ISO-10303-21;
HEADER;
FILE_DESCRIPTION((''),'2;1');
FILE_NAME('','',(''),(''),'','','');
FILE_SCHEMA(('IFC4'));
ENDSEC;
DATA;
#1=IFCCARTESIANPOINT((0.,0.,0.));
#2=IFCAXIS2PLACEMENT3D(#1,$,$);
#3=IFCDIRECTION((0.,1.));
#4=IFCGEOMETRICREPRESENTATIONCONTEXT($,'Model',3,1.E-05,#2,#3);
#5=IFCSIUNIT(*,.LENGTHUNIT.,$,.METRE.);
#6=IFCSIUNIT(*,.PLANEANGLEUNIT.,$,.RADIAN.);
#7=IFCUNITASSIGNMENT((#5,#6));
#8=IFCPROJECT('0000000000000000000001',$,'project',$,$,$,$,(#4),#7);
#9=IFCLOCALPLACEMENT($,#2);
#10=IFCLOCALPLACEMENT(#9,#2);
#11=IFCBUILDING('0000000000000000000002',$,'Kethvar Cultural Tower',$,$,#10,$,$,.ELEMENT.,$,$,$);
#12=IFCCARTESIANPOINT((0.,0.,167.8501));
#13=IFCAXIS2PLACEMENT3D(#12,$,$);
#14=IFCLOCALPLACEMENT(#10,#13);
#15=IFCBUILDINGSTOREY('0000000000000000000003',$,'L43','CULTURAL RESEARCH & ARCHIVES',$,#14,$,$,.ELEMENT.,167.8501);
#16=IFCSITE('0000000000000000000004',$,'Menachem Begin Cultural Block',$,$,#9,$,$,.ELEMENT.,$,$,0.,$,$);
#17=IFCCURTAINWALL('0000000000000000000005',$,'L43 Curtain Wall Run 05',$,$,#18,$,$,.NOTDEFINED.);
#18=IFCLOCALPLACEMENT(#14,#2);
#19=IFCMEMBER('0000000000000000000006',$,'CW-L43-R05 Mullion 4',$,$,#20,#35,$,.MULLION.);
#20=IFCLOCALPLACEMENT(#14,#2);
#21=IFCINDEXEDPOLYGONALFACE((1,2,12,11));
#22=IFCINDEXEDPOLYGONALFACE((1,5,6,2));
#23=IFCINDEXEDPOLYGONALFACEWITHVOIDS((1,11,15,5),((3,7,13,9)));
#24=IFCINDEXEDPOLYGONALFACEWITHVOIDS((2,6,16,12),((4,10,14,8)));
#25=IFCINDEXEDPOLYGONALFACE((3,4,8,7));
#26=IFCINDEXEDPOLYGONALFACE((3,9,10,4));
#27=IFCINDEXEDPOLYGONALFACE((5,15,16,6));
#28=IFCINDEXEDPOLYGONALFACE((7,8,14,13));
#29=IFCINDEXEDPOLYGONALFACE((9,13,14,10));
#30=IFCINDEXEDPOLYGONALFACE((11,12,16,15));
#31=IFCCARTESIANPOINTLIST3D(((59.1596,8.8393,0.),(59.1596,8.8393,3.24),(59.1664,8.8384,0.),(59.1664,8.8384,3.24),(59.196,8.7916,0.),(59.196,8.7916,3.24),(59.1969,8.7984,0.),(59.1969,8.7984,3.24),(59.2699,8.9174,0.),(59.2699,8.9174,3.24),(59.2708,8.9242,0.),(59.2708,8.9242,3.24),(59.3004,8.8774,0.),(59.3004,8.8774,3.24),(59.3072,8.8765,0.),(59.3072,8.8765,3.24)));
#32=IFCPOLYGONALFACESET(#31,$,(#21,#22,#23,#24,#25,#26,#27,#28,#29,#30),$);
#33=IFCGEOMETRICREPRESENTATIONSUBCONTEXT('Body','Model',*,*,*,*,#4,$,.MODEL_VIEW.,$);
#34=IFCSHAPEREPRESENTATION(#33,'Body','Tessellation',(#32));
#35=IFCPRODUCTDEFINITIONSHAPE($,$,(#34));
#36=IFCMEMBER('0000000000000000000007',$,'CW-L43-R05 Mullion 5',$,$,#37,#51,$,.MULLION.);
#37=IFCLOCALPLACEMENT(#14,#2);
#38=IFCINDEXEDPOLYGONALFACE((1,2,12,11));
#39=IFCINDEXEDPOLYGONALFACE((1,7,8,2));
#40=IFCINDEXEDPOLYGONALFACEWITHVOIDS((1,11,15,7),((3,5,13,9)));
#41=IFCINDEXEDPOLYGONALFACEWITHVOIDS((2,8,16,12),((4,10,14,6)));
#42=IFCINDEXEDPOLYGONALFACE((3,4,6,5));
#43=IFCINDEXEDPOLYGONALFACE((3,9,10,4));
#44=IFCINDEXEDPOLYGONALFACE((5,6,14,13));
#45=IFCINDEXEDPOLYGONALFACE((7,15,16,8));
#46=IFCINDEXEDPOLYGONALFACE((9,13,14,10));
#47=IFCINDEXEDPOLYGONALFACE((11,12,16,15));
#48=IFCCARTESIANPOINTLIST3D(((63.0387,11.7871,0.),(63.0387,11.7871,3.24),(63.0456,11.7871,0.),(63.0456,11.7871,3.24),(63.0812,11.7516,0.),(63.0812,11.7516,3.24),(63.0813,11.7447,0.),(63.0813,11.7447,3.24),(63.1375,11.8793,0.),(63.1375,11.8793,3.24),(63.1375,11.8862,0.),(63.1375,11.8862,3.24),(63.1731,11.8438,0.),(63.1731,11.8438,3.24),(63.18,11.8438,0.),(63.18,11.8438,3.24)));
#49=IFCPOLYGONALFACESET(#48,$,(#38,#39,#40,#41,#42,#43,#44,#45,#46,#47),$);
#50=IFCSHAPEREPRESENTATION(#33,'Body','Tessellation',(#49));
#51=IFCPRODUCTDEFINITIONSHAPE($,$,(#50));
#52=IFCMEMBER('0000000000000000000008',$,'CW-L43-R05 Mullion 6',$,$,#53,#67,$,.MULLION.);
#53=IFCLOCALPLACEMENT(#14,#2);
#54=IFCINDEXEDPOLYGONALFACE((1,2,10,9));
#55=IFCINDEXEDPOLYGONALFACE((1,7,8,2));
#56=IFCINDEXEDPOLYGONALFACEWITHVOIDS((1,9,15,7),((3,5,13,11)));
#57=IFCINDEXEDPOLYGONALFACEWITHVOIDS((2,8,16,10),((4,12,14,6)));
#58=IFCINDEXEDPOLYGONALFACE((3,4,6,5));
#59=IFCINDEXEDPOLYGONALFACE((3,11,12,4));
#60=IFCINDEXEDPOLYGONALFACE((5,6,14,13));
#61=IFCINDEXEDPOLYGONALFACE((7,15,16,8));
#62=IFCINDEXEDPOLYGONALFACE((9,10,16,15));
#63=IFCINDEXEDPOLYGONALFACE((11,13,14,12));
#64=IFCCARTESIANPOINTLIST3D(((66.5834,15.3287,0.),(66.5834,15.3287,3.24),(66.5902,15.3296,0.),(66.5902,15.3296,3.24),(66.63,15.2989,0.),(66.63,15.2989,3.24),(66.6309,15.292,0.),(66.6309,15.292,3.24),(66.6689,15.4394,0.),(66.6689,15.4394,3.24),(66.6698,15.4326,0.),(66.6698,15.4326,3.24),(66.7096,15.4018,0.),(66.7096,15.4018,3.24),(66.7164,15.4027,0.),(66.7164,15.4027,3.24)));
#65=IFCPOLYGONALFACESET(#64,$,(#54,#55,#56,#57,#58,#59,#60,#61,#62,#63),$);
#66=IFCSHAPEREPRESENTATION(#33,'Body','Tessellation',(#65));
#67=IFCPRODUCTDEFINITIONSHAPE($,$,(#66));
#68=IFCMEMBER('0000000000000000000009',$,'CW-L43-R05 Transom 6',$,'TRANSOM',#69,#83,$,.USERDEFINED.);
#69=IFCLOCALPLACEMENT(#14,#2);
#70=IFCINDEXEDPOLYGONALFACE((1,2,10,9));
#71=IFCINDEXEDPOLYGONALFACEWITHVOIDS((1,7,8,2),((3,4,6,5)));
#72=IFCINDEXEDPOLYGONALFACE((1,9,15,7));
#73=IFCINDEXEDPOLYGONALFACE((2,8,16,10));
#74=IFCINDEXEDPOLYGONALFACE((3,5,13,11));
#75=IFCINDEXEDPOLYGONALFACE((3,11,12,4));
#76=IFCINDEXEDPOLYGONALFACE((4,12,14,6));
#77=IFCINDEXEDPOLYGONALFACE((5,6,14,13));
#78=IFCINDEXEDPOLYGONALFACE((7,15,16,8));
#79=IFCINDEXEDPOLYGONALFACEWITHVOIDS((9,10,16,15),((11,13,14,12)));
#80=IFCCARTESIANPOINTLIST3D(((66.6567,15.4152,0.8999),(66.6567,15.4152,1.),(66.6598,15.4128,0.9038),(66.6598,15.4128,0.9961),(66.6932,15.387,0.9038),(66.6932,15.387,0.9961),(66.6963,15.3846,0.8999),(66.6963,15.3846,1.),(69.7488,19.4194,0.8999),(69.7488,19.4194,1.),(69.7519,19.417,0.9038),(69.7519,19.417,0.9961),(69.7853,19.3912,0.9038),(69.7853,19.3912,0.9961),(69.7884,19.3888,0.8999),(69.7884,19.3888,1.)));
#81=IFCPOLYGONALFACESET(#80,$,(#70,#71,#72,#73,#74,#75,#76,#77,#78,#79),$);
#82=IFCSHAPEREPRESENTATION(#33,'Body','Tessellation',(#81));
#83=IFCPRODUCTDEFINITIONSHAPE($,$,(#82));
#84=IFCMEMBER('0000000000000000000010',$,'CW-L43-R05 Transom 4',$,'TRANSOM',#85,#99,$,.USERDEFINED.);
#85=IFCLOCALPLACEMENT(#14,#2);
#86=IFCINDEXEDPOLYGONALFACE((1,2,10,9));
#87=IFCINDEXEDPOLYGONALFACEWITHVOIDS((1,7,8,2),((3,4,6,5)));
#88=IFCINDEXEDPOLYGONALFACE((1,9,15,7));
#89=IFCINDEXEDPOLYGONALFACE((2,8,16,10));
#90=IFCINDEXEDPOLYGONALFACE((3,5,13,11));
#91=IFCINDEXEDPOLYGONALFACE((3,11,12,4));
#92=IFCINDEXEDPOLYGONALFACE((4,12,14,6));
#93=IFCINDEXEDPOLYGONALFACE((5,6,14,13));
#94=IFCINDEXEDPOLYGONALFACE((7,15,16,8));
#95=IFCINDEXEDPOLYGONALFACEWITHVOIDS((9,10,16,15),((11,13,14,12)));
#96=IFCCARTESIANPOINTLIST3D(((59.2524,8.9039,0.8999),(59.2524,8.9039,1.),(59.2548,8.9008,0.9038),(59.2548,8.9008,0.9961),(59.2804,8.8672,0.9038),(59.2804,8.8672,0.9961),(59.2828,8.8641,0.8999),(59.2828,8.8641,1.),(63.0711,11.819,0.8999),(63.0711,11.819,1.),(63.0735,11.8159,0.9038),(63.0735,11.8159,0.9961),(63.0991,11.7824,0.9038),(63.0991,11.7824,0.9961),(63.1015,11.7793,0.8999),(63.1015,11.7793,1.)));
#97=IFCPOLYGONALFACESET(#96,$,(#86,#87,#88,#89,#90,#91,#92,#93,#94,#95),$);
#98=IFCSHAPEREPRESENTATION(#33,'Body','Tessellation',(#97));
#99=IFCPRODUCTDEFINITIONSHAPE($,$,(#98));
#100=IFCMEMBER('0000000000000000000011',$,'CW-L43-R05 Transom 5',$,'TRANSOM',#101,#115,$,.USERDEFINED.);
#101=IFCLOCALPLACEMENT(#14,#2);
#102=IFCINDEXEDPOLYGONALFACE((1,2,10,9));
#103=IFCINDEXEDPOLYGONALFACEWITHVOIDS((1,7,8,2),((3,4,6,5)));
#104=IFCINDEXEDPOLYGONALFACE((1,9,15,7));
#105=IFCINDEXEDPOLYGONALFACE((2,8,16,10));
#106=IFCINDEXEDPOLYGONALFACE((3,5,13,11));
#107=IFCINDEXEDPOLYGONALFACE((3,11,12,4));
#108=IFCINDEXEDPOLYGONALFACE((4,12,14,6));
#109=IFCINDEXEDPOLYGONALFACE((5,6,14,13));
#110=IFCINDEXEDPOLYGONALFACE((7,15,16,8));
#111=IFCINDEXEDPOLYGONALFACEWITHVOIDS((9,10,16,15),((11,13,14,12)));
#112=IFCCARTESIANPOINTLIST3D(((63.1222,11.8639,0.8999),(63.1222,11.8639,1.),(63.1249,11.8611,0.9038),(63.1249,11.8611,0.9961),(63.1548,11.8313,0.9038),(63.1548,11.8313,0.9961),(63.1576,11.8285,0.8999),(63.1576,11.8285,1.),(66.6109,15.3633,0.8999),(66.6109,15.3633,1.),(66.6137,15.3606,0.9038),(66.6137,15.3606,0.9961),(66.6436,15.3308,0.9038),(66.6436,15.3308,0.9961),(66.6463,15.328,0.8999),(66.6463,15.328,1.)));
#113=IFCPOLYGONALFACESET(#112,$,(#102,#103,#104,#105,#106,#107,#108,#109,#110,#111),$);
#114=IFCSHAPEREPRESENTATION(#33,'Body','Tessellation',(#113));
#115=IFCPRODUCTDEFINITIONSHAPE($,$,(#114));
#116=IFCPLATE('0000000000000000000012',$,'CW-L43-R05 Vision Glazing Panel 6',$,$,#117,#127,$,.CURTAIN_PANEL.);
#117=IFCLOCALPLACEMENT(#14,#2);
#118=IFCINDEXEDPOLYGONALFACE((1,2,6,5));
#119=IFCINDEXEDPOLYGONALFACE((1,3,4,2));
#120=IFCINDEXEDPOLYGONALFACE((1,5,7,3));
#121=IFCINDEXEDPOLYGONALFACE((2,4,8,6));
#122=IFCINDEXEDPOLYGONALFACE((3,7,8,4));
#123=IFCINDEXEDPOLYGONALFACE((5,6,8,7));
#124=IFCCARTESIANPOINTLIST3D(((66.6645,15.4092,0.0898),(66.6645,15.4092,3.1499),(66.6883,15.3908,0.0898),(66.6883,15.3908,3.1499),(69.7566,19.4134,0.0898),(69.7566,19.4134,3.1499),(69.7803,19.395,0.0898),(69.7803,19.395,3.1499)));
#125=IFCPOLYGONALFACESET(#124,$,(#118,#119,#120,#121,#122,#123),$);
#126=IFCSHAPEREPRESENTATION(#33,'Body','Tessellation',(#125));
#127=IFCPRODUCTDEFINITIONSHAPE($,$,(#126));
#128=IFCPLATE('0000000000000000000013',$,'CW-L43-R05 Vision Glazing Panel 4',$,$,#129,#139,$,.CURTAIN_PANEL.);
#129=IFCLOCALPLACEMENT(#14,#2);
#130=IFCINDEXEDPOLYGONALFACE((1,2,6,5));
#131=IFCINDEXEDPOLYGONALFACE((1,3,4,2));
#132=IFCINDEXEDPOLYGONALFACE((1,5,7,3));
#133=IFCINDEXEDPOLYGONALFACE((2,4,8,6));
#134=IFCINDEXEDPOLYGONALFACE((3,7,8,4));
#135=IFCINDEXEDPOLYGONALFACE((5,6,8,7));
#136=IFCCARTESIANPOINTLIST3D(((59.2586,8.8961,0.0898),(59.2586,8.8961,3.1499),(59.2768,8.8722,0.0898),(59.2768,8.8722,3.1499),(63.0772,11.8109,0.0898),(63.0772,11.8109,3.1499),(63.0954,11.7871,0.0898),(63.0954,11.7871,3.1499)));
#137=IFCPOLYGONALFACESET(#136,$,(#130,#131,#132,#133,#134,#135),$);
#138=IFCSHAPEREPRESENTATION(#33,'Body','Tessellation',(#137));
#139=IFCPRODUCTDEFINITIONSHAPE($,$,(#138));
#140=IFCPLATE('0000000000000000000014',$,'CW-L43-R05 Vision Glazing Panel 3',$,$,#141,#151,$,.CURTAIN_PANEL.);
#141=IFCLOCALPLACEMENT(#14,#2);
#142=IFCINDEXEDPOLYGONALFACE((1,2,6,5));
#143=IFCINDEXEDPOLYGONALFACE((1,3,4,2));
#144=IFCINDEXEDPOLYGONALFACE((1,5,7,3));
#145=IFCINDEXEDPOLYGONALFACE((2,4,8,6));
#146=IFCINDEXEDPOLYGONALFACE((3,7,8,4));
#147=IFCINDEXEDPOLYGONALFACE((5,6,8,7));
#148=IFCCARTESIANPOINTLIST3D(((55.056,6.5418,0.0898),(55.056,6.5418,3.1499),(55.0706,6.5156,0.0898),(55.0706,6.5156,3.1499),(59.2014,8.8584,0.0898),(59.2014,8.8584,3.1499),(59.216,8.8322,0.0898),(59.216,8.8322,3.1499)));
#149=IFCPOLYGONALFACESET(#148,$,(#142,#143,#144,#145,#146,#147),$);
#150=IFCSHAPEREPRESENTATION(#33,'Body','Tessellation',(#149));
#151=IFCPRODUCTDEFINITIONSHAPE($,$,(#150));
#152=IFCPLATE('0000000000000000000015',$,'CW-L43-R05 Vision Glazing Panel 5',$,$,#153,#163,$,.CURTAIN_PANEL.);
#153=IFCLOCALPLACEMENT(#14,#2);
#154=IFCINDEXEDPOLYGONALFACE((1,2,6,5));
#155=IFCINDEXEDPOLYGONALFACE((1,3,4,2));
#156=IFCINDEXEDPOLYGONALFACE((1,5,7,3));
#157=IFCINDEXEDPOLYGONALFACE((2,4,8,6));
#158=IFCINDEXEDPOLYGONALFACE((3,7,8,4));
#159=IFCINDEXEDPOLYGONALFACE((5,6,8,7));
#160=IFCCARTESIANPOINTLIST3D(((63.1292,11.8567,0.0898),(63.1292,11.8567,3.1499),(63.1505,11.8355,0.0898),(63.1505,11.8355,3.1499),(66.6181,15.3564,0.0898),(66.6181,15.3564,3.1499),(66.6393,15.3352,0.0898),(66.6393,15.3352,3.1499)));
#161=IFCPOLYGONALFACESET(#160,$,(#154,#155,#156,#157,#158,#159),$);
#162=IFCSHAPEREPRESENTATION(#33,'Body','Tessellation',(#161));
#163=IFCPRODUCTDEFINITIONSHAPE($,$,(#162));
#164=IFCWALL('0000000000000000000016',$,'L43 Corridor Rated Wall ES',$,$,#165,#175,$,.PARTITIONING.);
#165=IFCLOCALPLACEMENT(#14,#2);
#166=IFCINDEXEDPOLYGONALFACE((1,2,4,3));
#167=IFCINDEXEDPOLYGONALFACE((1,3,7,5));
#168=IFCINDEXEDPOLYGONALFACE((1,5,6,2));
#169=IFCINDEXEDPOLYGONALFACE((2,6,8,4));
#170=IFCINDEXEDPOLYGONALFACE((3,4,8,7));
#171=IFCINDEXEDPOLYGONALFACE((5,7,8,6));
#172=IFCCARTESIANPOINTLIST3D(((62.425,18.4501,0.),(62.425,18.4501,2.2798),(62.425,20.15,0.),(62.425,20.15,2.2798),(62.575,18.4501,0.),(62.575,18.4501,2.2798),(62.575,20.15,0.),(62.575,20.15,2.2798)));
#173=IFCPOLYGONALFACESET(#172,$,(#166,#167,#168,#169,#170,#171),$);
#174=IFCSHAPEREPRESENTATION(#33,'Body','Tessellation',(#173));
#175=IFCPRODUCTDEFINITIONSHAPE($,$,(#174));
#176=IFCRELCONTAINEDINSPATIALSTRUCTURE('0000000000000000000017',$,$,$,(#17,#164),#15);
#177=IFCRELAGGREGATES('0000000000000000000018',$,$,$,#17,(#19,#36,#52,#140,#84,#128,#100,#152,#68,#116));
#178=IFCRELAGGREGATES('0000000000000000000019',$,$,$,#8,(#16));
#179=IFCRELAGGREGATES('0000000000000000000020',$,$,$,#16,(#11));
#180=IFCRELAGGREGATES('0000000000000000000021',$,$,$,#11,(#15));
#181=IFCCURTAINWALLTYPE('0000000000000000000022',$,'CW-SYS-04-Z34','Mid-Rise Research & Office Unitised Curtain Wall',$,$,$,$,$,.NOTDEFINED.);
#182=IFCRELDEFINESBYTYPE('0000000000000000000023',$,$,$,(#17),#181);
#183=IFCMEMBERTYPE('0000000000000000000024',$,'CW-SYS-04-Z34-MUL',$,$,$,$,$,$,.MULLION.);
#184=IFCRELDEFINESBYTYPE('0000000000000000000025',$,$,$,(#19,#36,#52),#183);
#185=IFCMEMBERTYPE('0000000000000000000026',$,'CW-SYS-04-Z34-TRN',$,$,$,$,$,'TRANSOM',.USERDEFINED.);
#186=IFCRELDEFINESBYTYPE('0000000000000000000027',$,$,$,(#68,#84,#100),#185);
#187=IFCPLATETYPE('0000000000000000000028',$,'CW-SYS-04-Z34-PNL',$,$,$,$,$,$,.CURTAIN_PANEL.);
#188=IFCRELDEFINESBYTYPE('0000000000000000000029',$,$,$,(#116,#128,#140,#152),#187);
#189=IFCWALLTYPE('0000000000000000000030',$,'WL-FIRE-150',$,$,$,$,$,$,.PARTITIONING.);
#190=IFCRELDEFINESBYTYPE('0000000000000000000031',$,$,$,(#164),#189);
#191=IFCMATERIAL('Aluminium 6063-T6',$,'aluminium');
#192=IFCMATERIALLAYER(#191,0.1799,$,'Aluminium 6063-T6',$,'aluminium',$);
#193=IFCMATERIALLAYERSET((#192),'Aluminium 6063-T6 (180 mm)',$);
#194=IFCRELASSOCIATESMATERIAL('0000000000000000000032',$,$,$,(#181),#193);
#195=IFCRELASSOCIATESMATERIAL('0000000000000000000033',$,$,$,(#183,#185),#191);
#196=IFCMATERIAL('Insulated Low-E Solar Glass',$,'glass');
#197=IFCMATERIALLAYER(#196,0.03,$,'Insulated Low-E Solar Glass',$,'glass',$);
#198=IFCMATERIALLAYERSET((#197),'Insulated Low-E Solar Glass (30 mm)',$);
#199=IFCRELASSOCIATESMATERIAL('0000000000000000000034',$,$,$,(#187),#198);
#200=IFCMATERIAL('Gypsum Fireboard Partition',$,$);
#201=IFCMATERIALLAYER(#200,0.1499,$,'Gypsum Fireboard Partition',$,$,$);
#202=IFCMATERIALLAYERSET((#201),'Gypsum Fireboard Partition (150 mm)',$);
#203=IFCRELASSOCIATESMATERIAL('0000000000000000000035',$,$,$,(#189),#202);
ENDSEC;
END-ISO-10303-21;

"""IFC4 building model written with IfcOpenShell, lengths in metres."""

from ifc_helpers import new_model, si_unit, direction, frame, frame_2d, origin, origin_2d, place, context, subcontext, project, spatial, rectangle, hollow_rectangle, extrude, source, transform, mapped, material, layer, layer_set, material_profile, profile_set, type_object, element, aggregate, save


model = new_model("IFC4")

# Units and contexts
model_context = context("Model", 3, precision=1e-05, world=origin(), true_north=direction((0.0, 1.0)))
body_context = subcontext(model_context, "Body", "Model", "MODEL_VIEW")
ifc_project = project(units=[si_unit("LENGTHUNIT", "METRE"), si_unit("PLANEANGLEUNIT", "RADIAN")], contexts=[model_context])

# Site, building, storey
site_placement = place(None, origin())
site = spatial("IfcSite", under=ifc_project, at=site_placement, Name="Menachem Begin Cultural Block", CompositionType="ELEMENT", RefElevation=0.0)
building_placement = place(site_placement, origin())
building = spatial("IfcBuilding", under=site, at=building_placement, Name="Kethvar Cultural Tower", CompositionType="ELEMENT")
storey_placement = place(building_placement, frame((0.0, 0.0, 167.8501)))
storey = spatial("IfcBuildingStorey", under=building, at=storey_placement, Name="L43", Description="CULTURAL RESEARCH & ARCHIVES", CompositionType="ELEMENT", Elevation=167.8501)

# Curtain wall, members, plates
ifc_material_1 = material(Name="Aluminium 6063-T6", Category="aluminium")
ifc_layer_1 = layer(ifc_material_1, 0.1799, Name="Aluminium 6063-T6", Category="aluminium")
ifc_layer_set_1 = layer_set([ifc_layer_1], Name="Aluminium 6063-T6 (180 mm)")
curtain_wall_type = type_object("IfcCurtainWallType", Name="CW-SYS-04-Z34", Description="Mid-Rise Research & Office Unitised Curtain Wall", PredefinedType="NOTDEFINED", material=ifc_layer_set_1)
curtain_wall_placement = place(storey_placement, origin())
curtain_wall = element("IfcCurtainWall", 1, at=curtain_wall_placement, inside=storey, type_object=curtain_wall_type, Name="L43 Curtain Wall Run 05", PredefinedType="NOTDEFINED")
ifc_material_profile_1 = material_profile(ifc_material_1, hollow_rectangle(XDim=0.0601, YDim=0.1399, WallThickness=0.0049, at=origin_2d()), Name="Aluminium 6063-T6 — RHS140x60x5")
ifc_profile_set_1 = profile_set([ifc_material_profile_1], Name="Aluminium 6063-T6 — RHS140x60x5")
member_type_1 = type_object("IfcMemberType", Name="CW-SYS-04-Z34-MUL", PredefinedType="MULLION", material=ifc_profile_set_1)
shared_shape_1 = source(origin(), body_context, "Body", "SweptSolid", [
    extrude(hollow_rectangle(XDim=0.0601, YDim=0.1399, WallThickness=0.0049, at=origin_2d()), origin(), (0.0, 0.0, 1.0), 3.24),
])
member_1_placement = place(storey_placement, frame((59.2334, 8.8579, 0.0), z_axis=(0.0, 0.0, 1.0), x_axis=(-0.606766, 0.794881, 0.0)))
member_1 = element("IfcMember", 2, at=member_1_placement, type_object=member_type_1, Name="CW-L43-R05 Mullion 4", PredefinedType="MULLION", context=body_context, shape_type="MappedRepresentation", body=[
    mapped(shared_shape_1, transform((0.0, 0.0, 0.0), scale=1.0)),
])
member_2_placement = place(storey_placement, frame((63.1094, 11.8154, 0.0), z_axis=(0.0, 0.0, 1.0), x_axis=(-0.708204, 0.706008, 0.0)))
member_2 = element("IfcMember", 3, at=member_2_placement, type_object=member_type_1, Name="CW-L43-R05 Mullion 5", PredefinedType="MULLION", context=body_context, shape_type="MappedRepresentation", body=[
    mapped(shared_shape_1, transform((0.0, 0.0, 0.0), scale=1.0)),
])
member_3_placement = place(storey_placement, frame((66.6499, 15.3657, 0.0), z_axis=(0.0, 0.0, 1.0), x_axis=(-0.79148, 0.611196, 0.0)))
member_3 = element("IfcMember", 4, at=member_3_placement, type_object=member_type_1, Name="CW-L43-R05 Mullion 6", PredefinedType="MULLION", context=body_context, shape_type="MappedRepresentation", body=[
    mapped(shared_shape_1, transform((0.0, 0.0, 0.0), scale=1.0)),
])
ifc_material_profile_2 = material_profile(ifc_material_1, hollow_rectangle(XDim=0.05, YDim=0.1001, WallThickness=0.0039, at=origin_2d()), Name="Aluminium 6063-T6 — RHS100x50x4")
ifc_profile_set_2 = profile_set([ifc_material_profile_2], Name="Aluminium 6063-T6 — RHS100x50x4")
member_type_2 = type_object("IfcMemberType", Name="CW-SYS-04-Z34-TRN", ElementType="TRANSOM", PredefinedType="USERDEFINED", material=ifc_profile_set_2)
shared_shape_2 = source(origin(), body_context, "Body", "SweptSolid", [
    extrude(hollow_rectangle(XDim=0.05, YDim=0.1001, WallThickness=0.0039, at=origin_2d()), origin(), (0.0, 0.0, 1.0), 5.0591),
])
member_4_placement = place(storey_placement, frame((66.6765, 15.3999, 0.95), z_axis=(0.611191, 0.791483, 0.0), x_axis=(-0.791483, 0.611191, 0.0)))
member_4 = element("IfcMember", 5, at=member_4_placement, type_object=member_type_2, Name="CW-L43-R05 Transom 6", ObjectType="TRANSOM", PredefinedType="USERDEFINED", context=body_context, shape_type="MappedRepresentation", body=[
    mapped(shared_shape_2, transform((0.0, 0.0, 0.0), scale=1.0)),
])
shared_shape_3 = source(origin(), body_context, "Body", "SweptSolid", [
    extrude(hollow_rectangle(XDim=0.05, YDim=0.1001, WallThickness=0.0039, at=origin_2d()), origin(), (0.0, 0.0, 1.0), 4.8042),
])
member_5_placement = place(storey_placement, frame((59.2676, 8.884, 0.95), z_axis=(0.794867, 0.606784, 0.0), x_axis=(-0.606784, 0.794867, 0.0)))
member_5 = element("IfcMember", 6, at=member_5_placement, type_object=member_type_2, Name="CW-L43-R05 Transom 4", ObjectType="TRANSOM", PredefinedType="USERDEFINED", context=body_context, shape_type="MappedRepresentation", body=[
    mapped(shared_shape_3, transform((0.0, 0.0, 0.0), scale=1.0)),
])
shared_shape_4 = source(origin(), body_context, "Body", "SweptSolid", [
    extrude(hollow_rectangle(XDim=0.05, YDim=0.1001, WallThickness=0.0039, at=origin_2d()), origin(), (0.0, 0.0, 1.0), 4.9414),
])
member_6_placement = place(storey_placement, frame((63.1399, 11.8462, 0.95), z_axis=(0.706019, 0.708193, 0.0), x_axis=(-0.708193, 0.706019, 0.0)))
member_6 = element("IfcMember", 7, at=member_6_placement, type_object=member_type_2, Name="CW-L43-R05 Transom 5", ObjectType="TRANSOM", PredefinedType="USERDEFINED", context=body_context, shape_type="MappedRepresentation", body=[
    mapped(shared_shape_4, transform((0.0, 0.0, 0.0), scale=1.0)),
])
ifc_material_2 = material(Name="Insulated Low-E Solar Glass", Category="glass")
ifc_layer_2 = layer(ifc_material_2, 0.03, Name="Insulated Low-E Solar Glass", Category="glass")
ifc_layer_set_2 = layer_set([ifc_layer_2], Name="Insulated Low-E Solar Glass (30 mm)")
plate_type = type_object("IfcPlateType", Name="CW-SYS-04-Z34-PNL", PredefinedType="CURTAIN_PANEL", material=ifc_layer_set_2)
shared_shape_5 = source(origin(), body_context, "Body", "SweptSolid", [
    extrude(rectangle(XDim=5.0591, YDim=0.03, at=origin_2d()), origin(), (0.0, 0.0, 1.0), 3.0601),
])
plate_1_placement = place(storey_placement, frame((68.2224, 17.4021, 0.0898), z_axis=(0.0, 0.0, 1.0), x_axis=(0.611196, 0.79148, 0.0)))
plate_1 = element("IfcPlate", 8, at=plate_1_placement, type_object=plate_type, Name="CW-L43-R05 Vision Glazing Panel 6", PredefinedType="CURTAIN_PANEL", context=body_context, shape_type="MappedRepresentation", body=[
    mapped(shared_shape_5, transform((0.0, 0.0, 0.0), scale=1.0)),
])
shared_shape_6 = source(origin(), body_context, "Body", "SweptSolid", [
    extrude(rectangle(XDim=4.804, YDim=0.03, at=origin_2d()), origin(), (0.0, 0.0, 1.0), 3.0601),
])
plate_2_placement = place(storey_placement, frame((61.177, 10.3416, 0.0898), z_axis=(0.0, 0.0, 1.0), x_axis=(0.794881, 0.606766, 0.0)))
plate_2 = element("IfcPlate", 9, at=plate_2_placement, type_object=plate_type, Name="CW-L43-R05 Vision Glazing Panel 4", PredefinedType="CURTAIN_PANEL", context=body_context, shape_type="MappedRepresentation", body=[
    mapped(shared_shape_6, transform((0.0, 0.0, 0.0), scale=1.0)),
])
shared_shape_7 = source(origin(), body_context, "Body", "SweptSolid", [
    extrude(rectangle(XDim=4.7488, YDim=0.03, at=origin_2d()), origin(), (0.0, 0.0, 1.0), 3.0601),
])
plate_3_placement = place(storey_placement, frame((57.136, 7.687, 0.0898), z_axis=(0.0, 0.0, 1.0), x_axis=(0.872939, 0.487829, 0.0)))
plate_3 = element("IfcPlate", 10, at=plate_3_placement, type_object=plate_type, Name="CW-L43-R05 Vision Glazing Panel 3", PredefinedType="CURTAIN_PANEL", context=body_context, shape_type="MappedRepresentation", body=[
    mapped(shared_shape_7, transform((0.0, 0.0, 0.0), scale=1.0)),
])
shared_shape_8 = source(origin(), body_context, "Body", "SweptSolid", [
    extrude(rectangle(XDim=4.9417, YDim=0.03, at=origin_2d()), origin(), (0.0, 0.0, 1.0), 3.0601),
])
plate_4_placement = place(storey_placement, frame((64.8843, 13.5959, 0.0898), z_axis=(0.0, 0.0, 1.0), x_axis=(0.706008, 0.708204, 0.0)))
plate_4 = element("IfcPlate", 11, at=plate_4_placement, type_object=plate_type, Name="CW-L43-R05 Vision Glazing Panel 5", PredefinedType="CURTAIN_PANEL", context=body_context, shape_type="MappedRepresentation", body=[
    mapped(shared_shape_8, transform((0.0, 0.0, 0.0), scale=1.0)),
])
aggregate(curtain_wall, [member_1, member_2, member_3, plate_3, member_5, plate_2, member_6, plate_4, member_4, plate_1])

# Wall
ifc_material_3 = material(Name="Gypsum Fireboard Partition")
ifc_layer_3 = layer(ifc_material_3, 0.1499, Name="Gypsum Fireboard Partition")
ifc_layer_set_3 = layer_set([ifc_layer_3], Name="Gypsum Fireboard Partition (150 mm)")
wall_type_1 = type_object("IfcWallType", Name="WL-FIRE-150", PredefinedType="PARTITIONING", material=ifc_layer_set_3)
wall_1_placement = place(storey_placement, frame((62.5, 18.45, 0.0), z_axis=(0.0, 0.0, 1.0), x_axis=(0.0, 1.0, 0.0)))
element("IfcWall", 12, at=wall_1_placement, inside=storey, type_object=wall_type_1, Name="L43 Corridor Rated Wall ES", PredefinedType="PARTITIONING", context=body_context, shape_type="SweptSolid", body=[
    extrude(rectangle(XDim=1.7, YDim=0.1499, at=frame_2d((0.8501, 0.0))), origin(), (0.0, 0.0, 1.0), 2.2798),
])

save(model, "model.ifc")
